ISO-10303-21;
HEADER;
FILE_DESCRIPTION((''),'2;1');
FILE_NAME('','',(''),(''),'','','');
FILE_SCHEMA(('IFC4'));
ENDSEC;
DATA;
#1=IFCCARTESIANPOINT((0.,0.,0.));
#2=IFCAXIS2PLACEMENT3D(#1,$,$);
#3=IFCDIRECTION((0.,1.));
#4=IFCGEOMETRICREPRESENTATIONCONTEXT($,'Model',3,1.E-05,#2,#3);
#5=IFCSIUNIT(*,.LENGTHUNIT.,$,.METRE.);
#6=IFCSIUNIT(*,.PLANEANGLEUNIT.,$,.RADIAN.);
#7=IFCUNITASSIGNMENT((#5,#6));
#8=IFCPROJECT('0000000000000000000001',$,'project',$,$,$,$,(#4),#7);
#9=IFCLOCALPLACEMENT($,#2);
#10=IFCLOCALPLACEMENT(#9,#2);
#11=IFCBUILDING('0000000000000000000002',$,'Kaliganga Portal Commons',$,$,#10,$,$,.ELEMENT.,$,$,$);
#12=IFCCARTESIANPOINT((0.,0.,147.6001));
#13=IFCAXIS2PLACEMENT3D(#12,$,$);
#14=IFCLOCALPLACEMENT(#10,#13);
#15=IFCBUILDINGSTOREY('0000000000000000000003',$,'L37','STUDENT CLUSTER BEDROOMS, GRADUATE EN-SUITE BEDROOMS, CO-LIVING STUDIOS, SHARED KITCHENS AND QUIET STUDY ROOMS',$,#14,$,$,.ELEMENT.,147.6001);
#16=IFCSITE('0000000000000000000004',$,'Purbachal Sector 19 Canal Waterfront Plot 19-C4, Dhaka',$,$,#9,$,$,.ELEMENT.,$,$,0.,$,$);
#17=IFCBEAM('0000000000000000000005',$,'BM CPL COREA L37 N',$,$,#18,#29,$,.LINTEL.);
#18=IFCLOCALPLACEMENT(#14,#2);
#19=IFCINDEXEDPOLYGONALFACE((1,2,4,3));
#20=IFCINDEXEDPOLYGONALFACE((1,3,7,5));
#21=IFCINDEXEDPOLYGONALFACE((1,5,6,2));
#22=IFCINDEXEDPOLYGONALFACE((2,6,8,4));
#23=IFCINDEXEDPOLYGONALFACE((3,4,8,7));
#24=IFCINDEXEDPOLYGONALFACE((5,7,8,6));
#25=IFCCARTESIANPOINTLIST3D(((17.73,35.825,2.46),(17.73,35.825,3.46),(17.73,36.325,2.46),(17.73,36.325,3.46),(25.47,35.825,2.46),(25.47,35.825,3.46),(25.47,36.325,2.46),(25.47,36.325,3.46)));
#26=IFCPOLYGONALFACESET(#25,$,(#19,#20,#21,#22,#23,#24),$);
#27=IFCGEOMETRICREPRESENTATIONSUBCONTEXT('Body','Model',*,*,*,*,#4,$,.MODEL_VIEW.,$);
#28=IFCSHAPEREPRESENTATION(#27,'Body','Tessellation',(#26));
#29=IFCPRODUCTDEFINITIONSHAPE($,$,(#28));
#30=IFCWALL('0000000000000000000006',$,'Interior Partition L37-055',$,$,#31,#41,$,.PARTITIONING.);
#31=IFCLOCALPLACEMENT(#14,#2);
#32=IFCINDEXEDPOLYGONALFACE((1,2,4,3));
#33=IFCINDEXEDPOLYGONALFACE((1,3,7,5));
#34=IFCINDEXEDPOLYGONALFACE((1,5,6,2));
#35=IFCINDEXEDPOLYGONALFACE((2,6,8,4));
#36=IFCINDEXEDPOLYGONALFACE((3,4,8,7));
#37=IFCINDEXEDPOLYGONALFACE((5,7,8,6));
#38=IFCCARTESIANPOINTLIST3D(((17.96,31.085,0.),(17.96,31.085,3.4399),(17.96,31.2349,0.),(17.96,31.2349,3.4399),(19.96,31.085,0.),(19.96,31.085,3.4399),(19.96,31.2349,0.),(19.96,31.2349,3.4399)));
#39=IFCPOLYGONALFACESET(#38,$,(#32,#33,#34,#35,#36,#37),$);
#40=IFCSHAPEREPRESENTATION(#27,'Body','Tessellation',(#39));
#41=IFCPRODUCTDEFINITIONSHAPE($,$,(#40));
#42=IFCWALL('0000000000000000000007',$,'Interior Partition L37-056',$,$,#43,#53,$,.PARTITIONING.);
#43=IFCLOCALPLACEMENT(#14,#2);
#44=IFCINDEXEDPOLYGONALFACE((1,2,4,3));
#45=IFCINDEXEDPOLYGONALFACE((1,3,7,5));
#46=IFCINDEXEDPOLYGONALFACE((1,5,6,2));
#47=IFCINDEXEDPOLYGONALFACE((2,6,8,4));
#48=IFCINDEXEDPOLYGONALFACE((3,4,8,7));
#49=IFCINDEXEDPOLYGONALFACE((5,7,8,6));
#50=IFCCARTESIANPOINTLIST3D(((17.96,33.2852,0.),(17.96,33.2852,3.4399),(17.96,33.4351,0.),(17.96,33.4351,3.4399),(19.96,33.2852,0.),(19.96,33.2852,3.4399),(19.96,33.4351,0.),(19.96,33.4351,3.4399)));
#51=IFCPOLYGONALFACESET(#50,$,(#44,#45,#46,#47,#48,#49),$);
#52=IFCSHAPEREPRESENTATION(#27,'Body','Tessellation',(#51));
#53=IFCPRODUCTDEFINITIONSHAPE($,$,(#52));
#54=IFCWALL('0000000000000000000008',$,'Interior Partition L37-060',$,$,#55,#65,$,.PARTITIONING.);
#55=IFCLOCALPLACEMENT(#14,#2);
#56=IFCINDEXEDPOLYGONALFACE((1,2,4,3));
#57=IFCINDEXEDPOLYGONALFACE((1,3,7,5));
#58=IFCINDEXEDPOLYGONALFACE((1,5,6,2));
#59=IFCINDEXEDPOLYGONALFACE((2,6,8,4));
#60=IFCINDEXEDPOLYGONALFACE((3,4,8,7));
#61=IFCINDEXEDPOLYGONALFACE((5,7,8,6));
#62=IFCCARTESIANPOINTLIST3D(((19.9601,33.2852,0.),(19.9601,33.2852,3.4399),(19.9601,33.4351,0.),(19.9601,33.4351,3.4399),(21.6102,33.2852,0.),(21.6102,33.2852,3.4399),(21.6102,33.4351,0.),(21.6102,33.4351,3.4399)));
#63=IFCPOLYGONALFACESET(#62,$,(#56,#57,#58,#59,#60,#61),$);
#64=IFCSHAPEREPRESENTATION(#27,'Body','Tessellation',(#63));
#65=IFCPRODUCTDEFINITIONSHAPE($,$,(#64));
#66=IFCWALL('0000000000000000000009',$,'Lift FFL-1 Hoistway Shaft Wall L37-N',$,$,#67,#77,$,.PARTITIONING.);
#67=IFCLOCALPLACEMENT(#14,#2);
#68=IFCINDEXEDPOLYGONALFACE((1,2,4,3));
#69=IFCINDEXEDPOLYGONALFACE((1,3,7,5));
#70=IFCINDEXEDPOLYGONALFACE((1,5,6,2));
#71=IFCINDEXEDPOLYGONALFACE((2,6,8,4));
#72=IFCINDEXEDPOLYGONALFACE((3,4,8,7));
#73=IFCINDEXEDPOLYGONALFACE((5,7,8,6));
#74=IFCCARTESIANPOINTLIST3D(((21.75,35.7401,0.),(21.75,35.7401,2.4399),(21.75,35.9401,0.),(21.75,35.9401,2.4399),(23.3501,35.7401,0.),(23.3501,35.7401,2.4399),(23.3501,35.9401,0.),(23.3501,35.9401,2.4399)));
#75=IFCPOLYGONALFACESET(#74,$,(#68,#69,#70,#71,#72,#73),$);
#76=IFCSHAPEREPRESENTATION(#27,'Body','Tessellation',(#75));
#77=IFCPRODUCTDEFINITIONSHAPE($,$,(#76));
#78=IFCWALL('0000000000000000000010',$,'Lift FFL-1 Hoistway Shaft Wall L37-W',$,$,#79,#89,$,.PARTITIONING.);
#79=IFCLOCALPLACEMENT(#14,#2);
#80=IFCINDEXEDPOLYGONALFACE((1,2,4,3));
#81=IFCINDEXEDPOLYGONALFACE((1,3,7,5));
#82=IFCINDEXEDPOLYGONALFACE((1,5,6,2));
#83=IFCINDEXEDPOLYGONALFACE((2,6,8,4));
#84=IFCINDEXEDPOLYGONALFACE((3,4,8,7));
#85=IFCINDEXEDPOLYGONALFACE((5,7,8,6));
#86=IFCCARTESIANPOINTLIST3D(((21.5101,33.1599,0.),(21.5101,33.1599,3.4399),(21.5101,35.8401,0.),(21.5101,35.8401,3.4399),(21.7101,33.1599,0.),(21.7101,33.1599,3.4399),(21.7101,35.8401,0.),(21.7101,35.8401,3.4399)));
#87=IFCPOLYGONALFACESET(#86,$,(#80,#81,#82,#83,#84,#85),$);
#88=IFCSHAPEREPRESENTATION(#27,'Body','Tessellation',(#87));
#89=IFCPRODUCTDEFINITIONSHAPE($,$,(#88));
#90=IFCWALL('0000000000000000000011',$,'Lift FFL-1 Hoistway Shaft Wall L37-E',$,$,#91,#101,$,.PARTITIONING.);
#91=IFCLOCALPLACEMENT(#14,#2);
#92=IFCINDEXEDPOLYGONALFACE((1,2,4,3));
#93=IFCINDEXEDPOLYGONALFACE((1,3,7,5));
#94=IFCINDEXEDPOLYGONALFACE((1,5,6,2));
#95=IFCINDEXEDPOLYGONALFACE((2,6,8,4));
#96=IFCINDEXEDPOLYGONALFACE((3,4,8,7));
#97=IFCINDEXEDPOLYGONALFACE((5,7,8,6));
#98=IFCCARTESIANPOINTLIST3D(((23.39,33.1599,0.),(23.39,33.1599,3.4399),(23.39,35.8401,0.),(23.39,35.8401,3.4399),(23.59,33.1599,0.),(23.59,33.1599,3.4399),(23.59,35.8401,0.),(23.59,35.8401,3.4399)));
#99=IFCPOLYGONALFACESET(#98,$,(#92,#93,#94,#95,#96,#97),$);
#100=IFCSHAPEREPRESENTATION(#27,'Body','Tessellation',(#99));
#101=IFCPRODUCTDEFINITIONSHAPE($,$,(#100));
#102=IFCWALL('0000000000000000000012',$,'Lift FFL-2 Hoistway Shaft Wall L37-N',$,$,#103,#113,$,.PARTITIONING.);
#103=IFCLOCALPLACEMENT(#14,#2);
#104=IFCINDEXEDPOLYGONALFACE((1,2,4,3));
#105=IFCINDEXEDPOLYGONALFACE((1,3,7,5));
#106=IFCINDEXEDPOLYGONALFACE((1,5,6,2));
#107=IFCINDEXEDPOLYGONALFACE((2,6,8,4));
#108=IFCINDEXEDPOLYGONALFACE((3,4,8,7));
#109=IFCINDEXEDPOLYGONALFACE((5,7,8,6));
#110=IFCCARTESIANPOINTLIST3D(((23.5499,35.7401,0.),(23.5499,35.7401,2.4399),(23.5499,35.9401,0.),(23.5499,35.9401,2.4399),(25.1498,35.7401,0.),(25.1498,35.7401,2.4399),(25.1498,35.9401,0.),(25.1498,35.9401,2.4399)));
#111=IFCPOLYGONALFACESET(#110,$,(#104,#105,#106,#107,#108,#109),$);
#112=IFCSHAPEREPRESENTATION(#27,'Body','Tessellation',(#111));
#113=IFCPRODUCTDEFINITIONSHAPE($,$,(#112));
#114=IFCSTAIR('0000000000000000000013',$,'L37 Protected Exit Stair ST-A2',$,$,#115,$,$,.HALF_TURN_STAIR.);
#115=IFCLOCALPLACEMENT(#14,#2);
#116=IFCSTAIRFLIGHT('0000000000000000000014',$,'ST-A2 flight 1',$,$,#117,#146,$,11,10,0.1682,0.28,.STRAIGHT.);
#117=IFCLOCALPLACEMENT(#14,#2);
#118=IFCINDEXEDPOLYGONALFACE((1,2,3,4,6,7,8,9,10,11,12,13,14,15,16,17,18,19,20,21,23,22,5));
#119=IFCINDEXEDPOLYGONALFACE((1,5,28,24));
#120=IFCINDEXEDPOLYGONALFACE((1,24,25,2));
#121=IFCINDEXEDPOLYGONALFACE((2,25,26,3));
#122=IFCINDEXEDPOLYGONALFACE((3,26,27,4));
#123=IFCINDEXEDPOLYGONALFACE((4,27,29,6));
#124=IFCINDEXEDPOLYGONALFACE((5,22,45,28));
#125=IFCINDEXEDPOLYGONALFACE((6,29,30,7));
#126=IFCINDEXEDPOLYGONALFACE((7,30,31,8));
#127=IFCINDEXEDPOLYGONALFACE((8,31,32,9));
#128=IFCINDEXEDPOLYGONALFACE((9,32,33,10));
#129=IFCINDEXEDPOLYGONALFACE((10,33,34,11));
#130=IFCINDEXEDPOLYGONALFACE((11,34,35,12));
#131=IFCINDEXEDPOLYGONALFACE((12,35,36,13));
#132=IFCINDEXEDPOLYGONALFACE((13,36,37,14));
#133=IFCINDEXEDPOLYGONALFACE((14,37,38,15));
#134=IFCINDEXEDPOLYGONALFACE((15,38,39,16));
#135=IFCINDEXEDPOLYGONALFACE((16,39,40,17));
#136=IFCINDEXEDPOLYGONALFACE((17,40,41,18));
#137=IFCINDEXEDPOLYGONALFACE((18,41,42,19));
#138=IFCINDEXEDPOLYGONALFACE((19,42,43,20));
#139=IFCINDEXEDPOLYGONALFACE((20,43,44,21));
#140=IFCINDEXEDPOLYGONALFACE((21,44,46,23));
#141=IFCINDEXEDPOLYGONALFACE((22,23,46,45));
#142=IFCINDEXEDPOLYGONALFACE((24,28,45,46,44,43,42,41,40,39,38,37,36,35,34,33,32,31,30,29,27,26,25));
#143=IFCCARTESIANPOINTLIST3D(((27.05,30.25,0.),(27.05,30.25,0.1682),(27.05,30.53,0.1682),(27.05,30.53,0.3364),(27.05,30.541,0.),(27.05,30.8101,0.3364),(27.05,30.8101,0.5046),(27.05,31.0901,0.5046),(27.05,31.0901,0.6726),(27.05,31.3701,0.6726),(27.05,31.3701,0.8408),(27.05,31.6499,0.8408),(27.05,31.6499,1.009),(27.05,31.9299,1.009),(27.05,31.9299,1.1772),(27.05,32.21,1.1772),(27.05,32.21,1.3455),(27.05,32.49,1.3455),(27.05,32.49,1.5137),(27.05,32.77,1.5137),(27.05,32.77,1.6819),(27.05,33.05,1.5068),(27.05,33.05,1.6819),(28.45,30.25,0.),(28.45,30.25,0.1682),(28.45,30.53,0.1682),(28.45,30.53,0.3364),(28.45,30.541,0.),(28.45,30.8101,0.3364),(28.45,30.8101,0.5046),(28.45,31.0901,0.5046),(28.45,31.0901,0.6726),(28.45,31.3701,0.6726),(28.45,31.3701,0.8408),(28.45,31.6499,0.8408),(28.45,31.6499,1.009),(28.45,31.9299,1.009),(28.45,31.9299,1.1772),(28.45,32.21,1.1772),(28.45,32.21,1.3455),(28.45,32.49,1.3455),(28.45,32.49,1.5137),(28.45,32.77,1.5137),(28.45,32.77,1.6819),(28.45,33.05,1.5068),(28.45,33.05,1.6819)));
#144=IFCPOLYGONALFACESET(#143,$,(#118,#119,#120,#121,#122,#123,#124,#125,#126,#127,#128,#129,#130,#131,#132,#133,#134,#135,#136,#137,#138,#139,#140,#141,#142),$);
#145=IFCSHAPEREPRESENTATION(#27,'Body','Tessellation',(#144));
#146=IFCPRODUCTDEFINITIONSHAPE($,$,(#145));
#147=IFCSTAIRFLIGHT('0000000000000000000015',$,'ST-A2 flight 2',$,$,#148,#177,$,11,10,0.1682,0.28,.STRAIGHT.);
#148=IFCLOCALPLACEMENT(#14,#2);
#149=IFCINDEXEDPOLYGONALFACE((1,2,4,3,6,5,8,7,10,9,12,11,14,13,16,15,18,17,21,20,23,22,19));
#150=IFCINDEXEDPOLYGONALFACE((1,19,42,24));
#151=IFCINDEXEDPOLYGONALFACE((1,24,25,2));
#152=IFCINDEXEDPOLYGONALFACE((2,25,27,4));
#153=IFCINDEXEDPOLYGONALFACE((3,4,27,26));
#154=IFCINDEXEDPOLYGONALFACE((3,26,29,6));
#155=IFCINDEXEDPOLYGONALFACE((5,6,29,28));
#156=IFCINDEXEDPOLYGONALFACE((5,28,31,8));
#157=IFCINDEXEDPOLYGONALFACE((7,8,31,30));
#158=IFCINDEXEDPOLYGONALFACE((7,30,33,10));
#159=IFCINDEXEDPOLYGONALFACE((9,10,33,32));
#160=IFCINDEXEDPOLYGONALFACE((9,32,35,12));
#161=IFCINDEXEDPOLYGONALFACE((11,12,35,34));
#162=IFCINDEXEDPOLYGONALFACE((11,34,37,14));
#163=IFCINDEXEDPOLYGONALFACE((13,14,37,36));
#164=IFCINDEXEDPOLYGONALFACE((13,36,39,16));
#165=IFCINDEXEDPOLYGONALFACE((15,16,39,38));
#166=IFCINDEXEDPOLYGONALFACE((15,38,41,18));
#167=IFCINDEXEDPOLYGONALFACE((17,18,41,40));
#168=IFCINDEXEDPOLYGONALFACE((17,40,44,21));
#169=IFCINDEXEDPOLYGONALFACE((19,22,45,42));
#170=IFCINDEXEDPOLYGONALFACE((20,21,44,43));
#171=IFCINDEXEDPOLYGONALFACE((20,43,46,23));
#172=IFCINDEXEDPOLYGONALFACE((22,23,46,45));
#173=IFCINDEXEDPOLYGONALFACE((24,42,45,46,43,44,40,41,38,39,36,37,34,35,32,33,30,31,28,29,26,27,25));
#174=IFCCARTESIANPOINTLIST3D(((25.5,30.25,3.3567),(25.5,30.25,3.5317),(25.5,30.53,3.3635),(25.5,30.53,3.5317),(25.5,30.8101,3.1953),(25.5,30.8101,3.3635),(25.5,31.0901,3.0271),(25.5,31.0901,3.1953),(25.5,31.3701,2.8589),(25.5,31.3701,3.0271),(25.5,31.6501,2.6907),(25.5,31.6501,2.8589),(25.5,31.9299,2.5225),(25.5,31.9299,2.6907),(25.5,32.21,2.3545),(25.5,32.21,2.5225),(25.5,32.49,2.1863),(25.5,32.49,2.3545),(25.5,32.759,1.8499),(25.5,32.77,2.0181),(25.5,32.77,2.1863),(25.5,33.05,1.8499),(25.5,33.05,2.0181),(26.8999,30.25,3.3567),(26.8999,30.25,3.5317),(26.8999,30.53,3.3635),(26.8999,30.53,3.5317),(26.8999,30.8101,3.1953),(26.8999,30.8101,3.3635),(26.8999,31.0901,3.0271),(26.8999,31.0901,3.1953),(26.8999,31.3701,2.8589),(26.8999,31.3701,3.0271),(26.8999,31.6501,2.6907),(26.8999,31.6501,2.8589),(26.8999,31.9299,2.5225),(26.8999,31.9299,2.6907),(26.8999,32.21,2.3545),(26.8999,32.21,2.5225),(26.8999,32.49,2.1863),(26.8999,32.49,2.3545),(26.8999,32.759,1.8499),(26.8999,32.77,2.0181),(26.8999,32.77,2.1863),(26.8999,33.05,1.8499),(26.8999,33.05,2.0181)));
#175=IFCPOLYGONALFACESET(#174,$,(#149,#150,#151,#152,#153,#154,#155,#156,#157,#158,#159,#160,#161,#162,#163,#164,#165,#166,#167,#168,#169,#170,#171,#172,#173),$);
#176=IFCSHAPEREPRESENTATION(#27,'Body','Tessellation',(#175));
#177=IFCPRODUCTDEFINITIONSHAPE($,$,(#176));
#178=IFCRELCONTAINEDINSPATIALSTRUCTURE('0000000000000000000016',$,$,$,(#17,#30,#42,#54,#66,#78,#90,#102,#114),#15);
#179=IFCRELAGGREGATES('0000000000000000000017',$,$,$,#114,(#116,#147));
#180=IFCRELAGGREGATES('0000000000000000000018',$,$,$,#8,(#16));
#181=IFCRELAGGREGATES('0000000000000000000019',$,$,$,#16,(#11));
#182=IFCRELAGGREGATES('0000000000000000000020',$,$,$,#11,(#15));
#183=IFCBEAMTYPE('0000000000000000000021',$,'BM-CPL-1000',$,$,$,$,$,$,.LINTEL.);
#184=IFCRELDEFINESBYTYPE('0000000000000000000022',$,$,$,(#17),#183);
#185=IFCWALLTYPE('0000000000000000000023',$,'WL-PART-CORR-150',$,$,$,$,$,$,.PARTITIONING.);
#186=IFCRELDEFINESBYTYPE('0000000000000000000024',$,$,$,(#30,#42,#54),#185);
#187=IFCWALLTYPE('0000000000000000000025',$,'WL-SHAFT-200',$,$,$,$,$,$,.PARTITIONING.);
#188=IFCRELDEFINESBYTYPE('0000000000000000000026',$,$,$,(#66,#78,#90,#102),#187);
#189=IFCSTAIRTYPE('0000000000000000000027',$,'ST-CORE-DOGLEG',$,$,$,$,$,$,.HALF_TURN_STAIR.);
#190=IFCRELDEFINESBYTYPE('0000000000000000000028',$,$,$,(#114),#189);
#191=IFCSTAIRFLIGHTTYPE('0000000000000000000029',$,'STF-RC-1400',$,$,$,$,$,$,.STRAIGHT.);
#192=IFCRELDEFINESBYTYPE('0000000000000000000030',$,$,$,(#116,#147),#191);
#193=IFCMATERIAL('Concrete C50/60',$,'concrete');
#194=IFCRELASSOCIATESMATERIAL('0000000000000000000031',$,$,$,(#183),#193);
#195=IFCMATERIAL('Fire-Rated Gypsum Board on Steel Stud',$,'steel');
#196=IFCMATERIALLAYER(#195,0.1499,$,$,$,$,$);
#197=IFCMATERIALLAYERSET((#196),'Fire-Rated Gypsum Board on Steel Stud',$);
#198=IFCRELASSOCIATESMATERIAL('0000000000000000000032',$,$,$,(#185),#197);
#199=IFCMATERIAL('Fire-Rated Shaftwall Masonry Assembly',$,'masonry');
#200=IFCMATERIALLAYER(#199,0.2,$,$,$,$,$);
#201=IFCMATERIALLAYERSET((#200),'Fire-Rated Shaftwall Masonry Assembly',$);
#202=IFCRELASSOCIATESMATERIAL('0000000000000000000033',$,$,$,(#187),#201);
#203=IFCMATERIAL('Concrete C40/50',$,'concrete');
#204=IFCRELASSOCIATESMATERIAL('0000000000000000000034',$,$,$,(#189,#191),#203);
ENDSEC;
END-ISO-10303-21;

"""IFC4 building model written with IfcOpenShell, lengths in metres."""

from ifc_helpers import new_model, si_unit, direction, frame, frame_2d, origin, origin_2d, place, context, subcontext, project, spatial, polyline, rectangle, outline, extrude, source, transform, mapped, material, layer, layer_set, material_profile, profile_set, type_object, element, aggregate, save


model = new_model("IFC4")

# Units and contexts
model_context = context("Model", 3, precision=1e-05, world=origin(), true_north=direction((0.0, 1.0)))
body_context = subcontext(model_context, "Body", "Model", "MODEL_VIEW")
ifc_project = project(units=[si_unit("LENGTHUNIT", "METRE"), si_unit("PLANEANGLEUNIT", "RADIAN")], contexts=[model_context])

# Site, building, storey
site_placement = place(None, origin())
site = spatial("IfcSite", under=ifc_project, at=site_placement, Name="Purbachal Sector 19 Canal Waterfront Plot 19-C4, Dhaka", CompositionType="ELEMENT", RefElevation=0.0)
building_placement = place(site_placement, origin())
building = spatial("IfcBuilding", under=site, at=building_placement, Name="Kaliganga Portal Commons", CompositionType="ELEMENT")
storey_placement = place(building_placement, frame((0.0, 0.0, 147.6001)))
storey = spatial("IfcBuildingStorey", under=building, at=storey_placement, Name="L37", Description="STUDENT CLUSTER BEDROOMS, GRADUATE EN-SUITE BEDROOMS, CO-LIVING STUDIOS, SHARED KITCHENS AND QUIET STUDY ROOMS", CompositionType="ELEMENT", Elevation=147.6001)

# Beam
ifc_material_1 = material(Name="Concrete C50/60", Category="concrete")
ifc_material_profile = material_profile(ifc_material_1, rectangle(XDim=0.5, YDim=1.0, at=origin_2d()), Name="RC 500x1000")
ifc_profile_set = profile_set([ifc_material_profile], Name="Concrete C50/60")
beam_type = type_object("IfcBeamType", Name="BM-CPL-1000", PredefinedType="LINTEL", material=ifc_profile_set)
shared_shape_1 = source(origin(), body_context, "Body", "SweptSolid", [
    extrude(rectangle(XDim=0.5, YDim=1.0, at=origin_2d()), origin(), (0.0, 0.0, 1.0), 7.74),
])
beam_placement = place(storey_placement, frame((17.73, 36.075, 2.96), z_axis=(1.0, 0.0, 0.0), x_axis=(0.0, 1.0, 0.0)))
element("IfcBeam", 1, at=beam_placement, inside=storey, type_object=beam_type, Name="BM CPL COREA L37 N", PredefinedType="LINTEL", context=body_context, shape_type="MappedRepresentation", body=[
    mapped(shared_shape_1, transform((0.0, 0.0, 0.0), x_axis=(1.0, 0.0, 0.0), y_axis=(0.0, 1.0, 0.0), z_axis=(0.0, 0.0, 1.0), scale=1.0)),
])

# Walls
ifc_material_2 = material(Name="Fire-Rated Gypsum Board on Steel Stud", Category="steel")
ifc_layer_1 = layer(ifc_material_2, 0.1499)
ifc_layer_set_1 = layer_set([ifc_layer_1], Name="Fire-Rated Gypsum Board on Steel Stud")
wall_type_1 = type_object("IfcWallType", Name="WL-PART-CORR-150", PredefinedType="PARTITIONING", material=ifc_layer_set_1)
for number, where, z_axis, x_axis, name in (
    (2, (17.96, 31.1599, 0.0), (0.0, 0.0, 1.0), (1.0, 0.0, 0.0), "Interior Partition L37-055"),
    (3, (17.96, 33.3601, 0.0), (0.0, 0.0, 1.0), (1.0, 0.0, 0.0), "Interior Partition L37-056"),
):
    element("IfcWall", number, at=place(storey_placement, frame(where, z_axis=z_axis, x_axis=x_axis)), inside=storey, type_object=wall_type_1, Name=name, PredefinedType="PARTITIONING", context=body_context, shape_type="SweptSolid", body=[
        extrude(rectangle(XDim=2.0, YDim=0.1499, at=frame_2d((1.0, 0.0))), origin(), (0.0, 0.0, 1.0), 3.4399),
    ])
wall_1_placement = place(storey_placement, frame((19.96, 33.3601, 0.0), z_axis=(0.0, 0.0, 1.0), x_axis=(1.0, 0.0, 0.0)))
element("IfcWall", 4, at=wall_1_placement, inside=storey, type_object=wall_type_1, Name="Interior Partition L37-060", PredefinedType="PARTITIONING", context=body_context, shape_type="SweptSolid", body=[
    extrude(rectangle(XDim=1.6501, YDim=0.1499, at=frame_2d((0.8252, 0.0))), origin(), (0.0, 0.0, 1.0), 3.4399),
])

# Shared definitions
ifc_material_3 = material(Name="Fire-Rated Shaftwall Masonry Assembly", Category="masonry")
ifc_layer_2 = layer(ifc_material_3, 0.2)
ifc_layer_set_2 = layer_set([ifc_layer_2], Name="Fire-Rated Shaftwall Masonry Assembly")
wall_type_2 = type_object("IfcWallType", Name="WL-SHAFT-200", PredefinedType="PARTITIONING", material=ifc_layer_set_2)

# Walls
wall_2_placement = place(storey_placement, frame((21.75, 35.8401, 0.0), z_axis=(0.0, 0.0, 1.0), x_axis=(1.0, 0.0, 0.0)))
element("IfcWall", 5, at=wall_2_placement, inside=storey, type_object=wall_type_2, Name="Lift FFL-1 Hoistway Shaft Wall L37-N", PredefinedType="PARTITIONING", context=body_context, shape_type="SweptSolid", body=[
    extrude(rectangle(XDim=1.6001, YDim=0.2, at=frame_2d((0.8, 0.0))), origin(), (0.0, 0.0, 1.0), 2.4399),
])
for number, where, z_axis, x_axis, name in (
    (6, (21.6101, 33.1599, 0.0), (0.0, 0.0, 1.0), (0.0, 1.0, 0.0), "Lift FFL-1 Hoistway Shaft Wall L37-W"),
    (7, (23.49, 33.1599, 0.0), (0.0, 0.0, 1.0), (0.0, 1.0, 0.0), "Lift FFL-1 Hoistway Shaft Wall L37-E"),
):
    element("IfcWall", number, at=place(storey_placement, frame(where, z_axis=z_axis, x_axis=x_axis)), inside=storey, type_object=wall_type_2, Name=name, PredefinedType="PARTITIONING", context=body_context, shape_type="SweptSolid", body=[
        extrude(rectangle(XDim=2.6802, YDim=0.2, at=frame_2d((1.3401, 0.0))), origin(), (0.0, 0.0, 1.0), 3.4399),
    ])

# Wall
wall_3_placement = place(storey_placement, frame((23.55, 35.8401, 0.0), z_axis=(0.0, 0.0, 1.0), x_axis=(1.0, 0.0, 0.0)))
element("IfcWall", 8, at=wall_3_placement, inside=storey, type_object=wall_type_2, Name="Lift FFL-2 Hoistway Shaft Wall L37-N", PredefinedType="PARTITIONING", context=body_context, shape_type="SweptSolid", body=[
    extrude(rectangle(XDim=1.5999, YDim=0.2, at=frame_2d((0.7998, 0.0))), origin(), (0.0, 0.0, 1.0), 2.4399),
])

# Stair, stair flights
ifc_material_4 = material(Name="Concrete C40/50", Category="concrete")
stair_type = type_object("IfcStairType", Name="ST-CORE-DOGLEG", PredefinedType="HALF_TURN_STAIR", material=ifc_material_4)
stair_placement = place(storey_placement, origin())
stair = element("IfcStair", 9, at=stair_placement, inside=storey, type_object=stair_type, Name="L37 Protected Exit Stair ST-A2", PredefinedType="HALF_TURN_STAIR")
stair_flight_type = type_object("IfcStairFlightType", Name="STF-RC-1400", PredefinedType="STRAIGHT", material=ifc_material_4)
stair_flight_1_placement = place(storey_placement, frame((27.75, 30.25, 0.0), z_axis=(0.0, 0.0, 1.0), x_axis=(0.0, 1.0, 0.0)))
stair_flight_1 = element("IfcStairFlight", 10, at=stair_flight_1_placement, type_object=stair_flight_type, Name="ST-A2 flight 1", NumberOfRisers=11, NumberOfTreads=10, PredefinedType="STRAIGHT", RiserHeight=0.1682, TreadLength=0.28, context=body_context, shape_type="SweptSolid", body=[
    extrude(outline(polyline([(0.0, 0.0), (0.0, 0.1682), (0.28, 0.1682), (0.28, 0.3364), (0.5601, 0.3364), (0.5601, 0.5046), (0.8401, 0.5046), (0.8401, 0.6726), (1.1201, 0.6726), (1.1201, 0.8408), (1.3999, 0.8408), (1.3999, 1.009), (1.6799, 1.009), (1.6799, 1.1772), (1.96, 1.1772), (1.96, 1.3455), (2.24, 1.3455), (2.24, 1.5137), (2.52, 1.5137), (2.52, 1.6819), (2.8, 1.6819), (2.8, 1.8501), (2.8, 1.5068), (0.291, 0.0), (0.0, 0.0)])), frame((0.0, 0.7, 0.0), z_axis=(0.0, -1.0, 0.0), x_axis=(1.0, 0.0, 0.0)), (0.0, 0.0, 1.0), 1.3999),
])
stair_flight_2_placement = place(storey_placement, frame((26.2, 33.05, 1.8499), z_axis=(0.0, 0.0, 1.0), x_axis=(0.0, -1.0, 0.0)))
stair_flight_2 = element("IfcStairFlight", 11, at=stair_flight_2_placement, type_object=stair_flight_type, Name="ST-A2 flight 2", NumberOfRisers=11, NumberOfTreads=10, PredefinedType="STRAIGHT", RiserHeight=0.1682, TreadLength=0.28, context=body_context, shape_type="SweptSolid", body=[
    extrude(outline(polyline([(0.0, 0.0), (0.0, 0.1682), (0.28, 0.1682), (0.28, 0.3364), (0.5601, 0.3364), (0.5601, 0.5046), (0.8401, 0.5046), (0.8401, 0.6726), (1.1201, 0.6726), (1.1201, 0.8408), (1.3999, 0.8408), (1.3999, 1.009), (1.6799, 1.009), (1.6799, 1.1772), (1.96, 1.1772), (1.96, 1.3455), (2.24, 1.3455), (2.24, 1.5137), (2.52, 1.5137), (2.52, 1.6819), (2.8, 1.6819), (2.8, 1.8501), (2.8, 1.5068), (0.291, 0.0), (0.0, 0.0)])), frame((0.0, 0.7, 0.0), z_axis=(0.0, -1.0, 0.0), x_axis=(1.0, 0.0, 0.0)), (0.0, 0.0, 1.0), 1.3999),
])
aggregate(stair, [stair_flight_1, stair_flight_2])

save(model, "model.ifc")
